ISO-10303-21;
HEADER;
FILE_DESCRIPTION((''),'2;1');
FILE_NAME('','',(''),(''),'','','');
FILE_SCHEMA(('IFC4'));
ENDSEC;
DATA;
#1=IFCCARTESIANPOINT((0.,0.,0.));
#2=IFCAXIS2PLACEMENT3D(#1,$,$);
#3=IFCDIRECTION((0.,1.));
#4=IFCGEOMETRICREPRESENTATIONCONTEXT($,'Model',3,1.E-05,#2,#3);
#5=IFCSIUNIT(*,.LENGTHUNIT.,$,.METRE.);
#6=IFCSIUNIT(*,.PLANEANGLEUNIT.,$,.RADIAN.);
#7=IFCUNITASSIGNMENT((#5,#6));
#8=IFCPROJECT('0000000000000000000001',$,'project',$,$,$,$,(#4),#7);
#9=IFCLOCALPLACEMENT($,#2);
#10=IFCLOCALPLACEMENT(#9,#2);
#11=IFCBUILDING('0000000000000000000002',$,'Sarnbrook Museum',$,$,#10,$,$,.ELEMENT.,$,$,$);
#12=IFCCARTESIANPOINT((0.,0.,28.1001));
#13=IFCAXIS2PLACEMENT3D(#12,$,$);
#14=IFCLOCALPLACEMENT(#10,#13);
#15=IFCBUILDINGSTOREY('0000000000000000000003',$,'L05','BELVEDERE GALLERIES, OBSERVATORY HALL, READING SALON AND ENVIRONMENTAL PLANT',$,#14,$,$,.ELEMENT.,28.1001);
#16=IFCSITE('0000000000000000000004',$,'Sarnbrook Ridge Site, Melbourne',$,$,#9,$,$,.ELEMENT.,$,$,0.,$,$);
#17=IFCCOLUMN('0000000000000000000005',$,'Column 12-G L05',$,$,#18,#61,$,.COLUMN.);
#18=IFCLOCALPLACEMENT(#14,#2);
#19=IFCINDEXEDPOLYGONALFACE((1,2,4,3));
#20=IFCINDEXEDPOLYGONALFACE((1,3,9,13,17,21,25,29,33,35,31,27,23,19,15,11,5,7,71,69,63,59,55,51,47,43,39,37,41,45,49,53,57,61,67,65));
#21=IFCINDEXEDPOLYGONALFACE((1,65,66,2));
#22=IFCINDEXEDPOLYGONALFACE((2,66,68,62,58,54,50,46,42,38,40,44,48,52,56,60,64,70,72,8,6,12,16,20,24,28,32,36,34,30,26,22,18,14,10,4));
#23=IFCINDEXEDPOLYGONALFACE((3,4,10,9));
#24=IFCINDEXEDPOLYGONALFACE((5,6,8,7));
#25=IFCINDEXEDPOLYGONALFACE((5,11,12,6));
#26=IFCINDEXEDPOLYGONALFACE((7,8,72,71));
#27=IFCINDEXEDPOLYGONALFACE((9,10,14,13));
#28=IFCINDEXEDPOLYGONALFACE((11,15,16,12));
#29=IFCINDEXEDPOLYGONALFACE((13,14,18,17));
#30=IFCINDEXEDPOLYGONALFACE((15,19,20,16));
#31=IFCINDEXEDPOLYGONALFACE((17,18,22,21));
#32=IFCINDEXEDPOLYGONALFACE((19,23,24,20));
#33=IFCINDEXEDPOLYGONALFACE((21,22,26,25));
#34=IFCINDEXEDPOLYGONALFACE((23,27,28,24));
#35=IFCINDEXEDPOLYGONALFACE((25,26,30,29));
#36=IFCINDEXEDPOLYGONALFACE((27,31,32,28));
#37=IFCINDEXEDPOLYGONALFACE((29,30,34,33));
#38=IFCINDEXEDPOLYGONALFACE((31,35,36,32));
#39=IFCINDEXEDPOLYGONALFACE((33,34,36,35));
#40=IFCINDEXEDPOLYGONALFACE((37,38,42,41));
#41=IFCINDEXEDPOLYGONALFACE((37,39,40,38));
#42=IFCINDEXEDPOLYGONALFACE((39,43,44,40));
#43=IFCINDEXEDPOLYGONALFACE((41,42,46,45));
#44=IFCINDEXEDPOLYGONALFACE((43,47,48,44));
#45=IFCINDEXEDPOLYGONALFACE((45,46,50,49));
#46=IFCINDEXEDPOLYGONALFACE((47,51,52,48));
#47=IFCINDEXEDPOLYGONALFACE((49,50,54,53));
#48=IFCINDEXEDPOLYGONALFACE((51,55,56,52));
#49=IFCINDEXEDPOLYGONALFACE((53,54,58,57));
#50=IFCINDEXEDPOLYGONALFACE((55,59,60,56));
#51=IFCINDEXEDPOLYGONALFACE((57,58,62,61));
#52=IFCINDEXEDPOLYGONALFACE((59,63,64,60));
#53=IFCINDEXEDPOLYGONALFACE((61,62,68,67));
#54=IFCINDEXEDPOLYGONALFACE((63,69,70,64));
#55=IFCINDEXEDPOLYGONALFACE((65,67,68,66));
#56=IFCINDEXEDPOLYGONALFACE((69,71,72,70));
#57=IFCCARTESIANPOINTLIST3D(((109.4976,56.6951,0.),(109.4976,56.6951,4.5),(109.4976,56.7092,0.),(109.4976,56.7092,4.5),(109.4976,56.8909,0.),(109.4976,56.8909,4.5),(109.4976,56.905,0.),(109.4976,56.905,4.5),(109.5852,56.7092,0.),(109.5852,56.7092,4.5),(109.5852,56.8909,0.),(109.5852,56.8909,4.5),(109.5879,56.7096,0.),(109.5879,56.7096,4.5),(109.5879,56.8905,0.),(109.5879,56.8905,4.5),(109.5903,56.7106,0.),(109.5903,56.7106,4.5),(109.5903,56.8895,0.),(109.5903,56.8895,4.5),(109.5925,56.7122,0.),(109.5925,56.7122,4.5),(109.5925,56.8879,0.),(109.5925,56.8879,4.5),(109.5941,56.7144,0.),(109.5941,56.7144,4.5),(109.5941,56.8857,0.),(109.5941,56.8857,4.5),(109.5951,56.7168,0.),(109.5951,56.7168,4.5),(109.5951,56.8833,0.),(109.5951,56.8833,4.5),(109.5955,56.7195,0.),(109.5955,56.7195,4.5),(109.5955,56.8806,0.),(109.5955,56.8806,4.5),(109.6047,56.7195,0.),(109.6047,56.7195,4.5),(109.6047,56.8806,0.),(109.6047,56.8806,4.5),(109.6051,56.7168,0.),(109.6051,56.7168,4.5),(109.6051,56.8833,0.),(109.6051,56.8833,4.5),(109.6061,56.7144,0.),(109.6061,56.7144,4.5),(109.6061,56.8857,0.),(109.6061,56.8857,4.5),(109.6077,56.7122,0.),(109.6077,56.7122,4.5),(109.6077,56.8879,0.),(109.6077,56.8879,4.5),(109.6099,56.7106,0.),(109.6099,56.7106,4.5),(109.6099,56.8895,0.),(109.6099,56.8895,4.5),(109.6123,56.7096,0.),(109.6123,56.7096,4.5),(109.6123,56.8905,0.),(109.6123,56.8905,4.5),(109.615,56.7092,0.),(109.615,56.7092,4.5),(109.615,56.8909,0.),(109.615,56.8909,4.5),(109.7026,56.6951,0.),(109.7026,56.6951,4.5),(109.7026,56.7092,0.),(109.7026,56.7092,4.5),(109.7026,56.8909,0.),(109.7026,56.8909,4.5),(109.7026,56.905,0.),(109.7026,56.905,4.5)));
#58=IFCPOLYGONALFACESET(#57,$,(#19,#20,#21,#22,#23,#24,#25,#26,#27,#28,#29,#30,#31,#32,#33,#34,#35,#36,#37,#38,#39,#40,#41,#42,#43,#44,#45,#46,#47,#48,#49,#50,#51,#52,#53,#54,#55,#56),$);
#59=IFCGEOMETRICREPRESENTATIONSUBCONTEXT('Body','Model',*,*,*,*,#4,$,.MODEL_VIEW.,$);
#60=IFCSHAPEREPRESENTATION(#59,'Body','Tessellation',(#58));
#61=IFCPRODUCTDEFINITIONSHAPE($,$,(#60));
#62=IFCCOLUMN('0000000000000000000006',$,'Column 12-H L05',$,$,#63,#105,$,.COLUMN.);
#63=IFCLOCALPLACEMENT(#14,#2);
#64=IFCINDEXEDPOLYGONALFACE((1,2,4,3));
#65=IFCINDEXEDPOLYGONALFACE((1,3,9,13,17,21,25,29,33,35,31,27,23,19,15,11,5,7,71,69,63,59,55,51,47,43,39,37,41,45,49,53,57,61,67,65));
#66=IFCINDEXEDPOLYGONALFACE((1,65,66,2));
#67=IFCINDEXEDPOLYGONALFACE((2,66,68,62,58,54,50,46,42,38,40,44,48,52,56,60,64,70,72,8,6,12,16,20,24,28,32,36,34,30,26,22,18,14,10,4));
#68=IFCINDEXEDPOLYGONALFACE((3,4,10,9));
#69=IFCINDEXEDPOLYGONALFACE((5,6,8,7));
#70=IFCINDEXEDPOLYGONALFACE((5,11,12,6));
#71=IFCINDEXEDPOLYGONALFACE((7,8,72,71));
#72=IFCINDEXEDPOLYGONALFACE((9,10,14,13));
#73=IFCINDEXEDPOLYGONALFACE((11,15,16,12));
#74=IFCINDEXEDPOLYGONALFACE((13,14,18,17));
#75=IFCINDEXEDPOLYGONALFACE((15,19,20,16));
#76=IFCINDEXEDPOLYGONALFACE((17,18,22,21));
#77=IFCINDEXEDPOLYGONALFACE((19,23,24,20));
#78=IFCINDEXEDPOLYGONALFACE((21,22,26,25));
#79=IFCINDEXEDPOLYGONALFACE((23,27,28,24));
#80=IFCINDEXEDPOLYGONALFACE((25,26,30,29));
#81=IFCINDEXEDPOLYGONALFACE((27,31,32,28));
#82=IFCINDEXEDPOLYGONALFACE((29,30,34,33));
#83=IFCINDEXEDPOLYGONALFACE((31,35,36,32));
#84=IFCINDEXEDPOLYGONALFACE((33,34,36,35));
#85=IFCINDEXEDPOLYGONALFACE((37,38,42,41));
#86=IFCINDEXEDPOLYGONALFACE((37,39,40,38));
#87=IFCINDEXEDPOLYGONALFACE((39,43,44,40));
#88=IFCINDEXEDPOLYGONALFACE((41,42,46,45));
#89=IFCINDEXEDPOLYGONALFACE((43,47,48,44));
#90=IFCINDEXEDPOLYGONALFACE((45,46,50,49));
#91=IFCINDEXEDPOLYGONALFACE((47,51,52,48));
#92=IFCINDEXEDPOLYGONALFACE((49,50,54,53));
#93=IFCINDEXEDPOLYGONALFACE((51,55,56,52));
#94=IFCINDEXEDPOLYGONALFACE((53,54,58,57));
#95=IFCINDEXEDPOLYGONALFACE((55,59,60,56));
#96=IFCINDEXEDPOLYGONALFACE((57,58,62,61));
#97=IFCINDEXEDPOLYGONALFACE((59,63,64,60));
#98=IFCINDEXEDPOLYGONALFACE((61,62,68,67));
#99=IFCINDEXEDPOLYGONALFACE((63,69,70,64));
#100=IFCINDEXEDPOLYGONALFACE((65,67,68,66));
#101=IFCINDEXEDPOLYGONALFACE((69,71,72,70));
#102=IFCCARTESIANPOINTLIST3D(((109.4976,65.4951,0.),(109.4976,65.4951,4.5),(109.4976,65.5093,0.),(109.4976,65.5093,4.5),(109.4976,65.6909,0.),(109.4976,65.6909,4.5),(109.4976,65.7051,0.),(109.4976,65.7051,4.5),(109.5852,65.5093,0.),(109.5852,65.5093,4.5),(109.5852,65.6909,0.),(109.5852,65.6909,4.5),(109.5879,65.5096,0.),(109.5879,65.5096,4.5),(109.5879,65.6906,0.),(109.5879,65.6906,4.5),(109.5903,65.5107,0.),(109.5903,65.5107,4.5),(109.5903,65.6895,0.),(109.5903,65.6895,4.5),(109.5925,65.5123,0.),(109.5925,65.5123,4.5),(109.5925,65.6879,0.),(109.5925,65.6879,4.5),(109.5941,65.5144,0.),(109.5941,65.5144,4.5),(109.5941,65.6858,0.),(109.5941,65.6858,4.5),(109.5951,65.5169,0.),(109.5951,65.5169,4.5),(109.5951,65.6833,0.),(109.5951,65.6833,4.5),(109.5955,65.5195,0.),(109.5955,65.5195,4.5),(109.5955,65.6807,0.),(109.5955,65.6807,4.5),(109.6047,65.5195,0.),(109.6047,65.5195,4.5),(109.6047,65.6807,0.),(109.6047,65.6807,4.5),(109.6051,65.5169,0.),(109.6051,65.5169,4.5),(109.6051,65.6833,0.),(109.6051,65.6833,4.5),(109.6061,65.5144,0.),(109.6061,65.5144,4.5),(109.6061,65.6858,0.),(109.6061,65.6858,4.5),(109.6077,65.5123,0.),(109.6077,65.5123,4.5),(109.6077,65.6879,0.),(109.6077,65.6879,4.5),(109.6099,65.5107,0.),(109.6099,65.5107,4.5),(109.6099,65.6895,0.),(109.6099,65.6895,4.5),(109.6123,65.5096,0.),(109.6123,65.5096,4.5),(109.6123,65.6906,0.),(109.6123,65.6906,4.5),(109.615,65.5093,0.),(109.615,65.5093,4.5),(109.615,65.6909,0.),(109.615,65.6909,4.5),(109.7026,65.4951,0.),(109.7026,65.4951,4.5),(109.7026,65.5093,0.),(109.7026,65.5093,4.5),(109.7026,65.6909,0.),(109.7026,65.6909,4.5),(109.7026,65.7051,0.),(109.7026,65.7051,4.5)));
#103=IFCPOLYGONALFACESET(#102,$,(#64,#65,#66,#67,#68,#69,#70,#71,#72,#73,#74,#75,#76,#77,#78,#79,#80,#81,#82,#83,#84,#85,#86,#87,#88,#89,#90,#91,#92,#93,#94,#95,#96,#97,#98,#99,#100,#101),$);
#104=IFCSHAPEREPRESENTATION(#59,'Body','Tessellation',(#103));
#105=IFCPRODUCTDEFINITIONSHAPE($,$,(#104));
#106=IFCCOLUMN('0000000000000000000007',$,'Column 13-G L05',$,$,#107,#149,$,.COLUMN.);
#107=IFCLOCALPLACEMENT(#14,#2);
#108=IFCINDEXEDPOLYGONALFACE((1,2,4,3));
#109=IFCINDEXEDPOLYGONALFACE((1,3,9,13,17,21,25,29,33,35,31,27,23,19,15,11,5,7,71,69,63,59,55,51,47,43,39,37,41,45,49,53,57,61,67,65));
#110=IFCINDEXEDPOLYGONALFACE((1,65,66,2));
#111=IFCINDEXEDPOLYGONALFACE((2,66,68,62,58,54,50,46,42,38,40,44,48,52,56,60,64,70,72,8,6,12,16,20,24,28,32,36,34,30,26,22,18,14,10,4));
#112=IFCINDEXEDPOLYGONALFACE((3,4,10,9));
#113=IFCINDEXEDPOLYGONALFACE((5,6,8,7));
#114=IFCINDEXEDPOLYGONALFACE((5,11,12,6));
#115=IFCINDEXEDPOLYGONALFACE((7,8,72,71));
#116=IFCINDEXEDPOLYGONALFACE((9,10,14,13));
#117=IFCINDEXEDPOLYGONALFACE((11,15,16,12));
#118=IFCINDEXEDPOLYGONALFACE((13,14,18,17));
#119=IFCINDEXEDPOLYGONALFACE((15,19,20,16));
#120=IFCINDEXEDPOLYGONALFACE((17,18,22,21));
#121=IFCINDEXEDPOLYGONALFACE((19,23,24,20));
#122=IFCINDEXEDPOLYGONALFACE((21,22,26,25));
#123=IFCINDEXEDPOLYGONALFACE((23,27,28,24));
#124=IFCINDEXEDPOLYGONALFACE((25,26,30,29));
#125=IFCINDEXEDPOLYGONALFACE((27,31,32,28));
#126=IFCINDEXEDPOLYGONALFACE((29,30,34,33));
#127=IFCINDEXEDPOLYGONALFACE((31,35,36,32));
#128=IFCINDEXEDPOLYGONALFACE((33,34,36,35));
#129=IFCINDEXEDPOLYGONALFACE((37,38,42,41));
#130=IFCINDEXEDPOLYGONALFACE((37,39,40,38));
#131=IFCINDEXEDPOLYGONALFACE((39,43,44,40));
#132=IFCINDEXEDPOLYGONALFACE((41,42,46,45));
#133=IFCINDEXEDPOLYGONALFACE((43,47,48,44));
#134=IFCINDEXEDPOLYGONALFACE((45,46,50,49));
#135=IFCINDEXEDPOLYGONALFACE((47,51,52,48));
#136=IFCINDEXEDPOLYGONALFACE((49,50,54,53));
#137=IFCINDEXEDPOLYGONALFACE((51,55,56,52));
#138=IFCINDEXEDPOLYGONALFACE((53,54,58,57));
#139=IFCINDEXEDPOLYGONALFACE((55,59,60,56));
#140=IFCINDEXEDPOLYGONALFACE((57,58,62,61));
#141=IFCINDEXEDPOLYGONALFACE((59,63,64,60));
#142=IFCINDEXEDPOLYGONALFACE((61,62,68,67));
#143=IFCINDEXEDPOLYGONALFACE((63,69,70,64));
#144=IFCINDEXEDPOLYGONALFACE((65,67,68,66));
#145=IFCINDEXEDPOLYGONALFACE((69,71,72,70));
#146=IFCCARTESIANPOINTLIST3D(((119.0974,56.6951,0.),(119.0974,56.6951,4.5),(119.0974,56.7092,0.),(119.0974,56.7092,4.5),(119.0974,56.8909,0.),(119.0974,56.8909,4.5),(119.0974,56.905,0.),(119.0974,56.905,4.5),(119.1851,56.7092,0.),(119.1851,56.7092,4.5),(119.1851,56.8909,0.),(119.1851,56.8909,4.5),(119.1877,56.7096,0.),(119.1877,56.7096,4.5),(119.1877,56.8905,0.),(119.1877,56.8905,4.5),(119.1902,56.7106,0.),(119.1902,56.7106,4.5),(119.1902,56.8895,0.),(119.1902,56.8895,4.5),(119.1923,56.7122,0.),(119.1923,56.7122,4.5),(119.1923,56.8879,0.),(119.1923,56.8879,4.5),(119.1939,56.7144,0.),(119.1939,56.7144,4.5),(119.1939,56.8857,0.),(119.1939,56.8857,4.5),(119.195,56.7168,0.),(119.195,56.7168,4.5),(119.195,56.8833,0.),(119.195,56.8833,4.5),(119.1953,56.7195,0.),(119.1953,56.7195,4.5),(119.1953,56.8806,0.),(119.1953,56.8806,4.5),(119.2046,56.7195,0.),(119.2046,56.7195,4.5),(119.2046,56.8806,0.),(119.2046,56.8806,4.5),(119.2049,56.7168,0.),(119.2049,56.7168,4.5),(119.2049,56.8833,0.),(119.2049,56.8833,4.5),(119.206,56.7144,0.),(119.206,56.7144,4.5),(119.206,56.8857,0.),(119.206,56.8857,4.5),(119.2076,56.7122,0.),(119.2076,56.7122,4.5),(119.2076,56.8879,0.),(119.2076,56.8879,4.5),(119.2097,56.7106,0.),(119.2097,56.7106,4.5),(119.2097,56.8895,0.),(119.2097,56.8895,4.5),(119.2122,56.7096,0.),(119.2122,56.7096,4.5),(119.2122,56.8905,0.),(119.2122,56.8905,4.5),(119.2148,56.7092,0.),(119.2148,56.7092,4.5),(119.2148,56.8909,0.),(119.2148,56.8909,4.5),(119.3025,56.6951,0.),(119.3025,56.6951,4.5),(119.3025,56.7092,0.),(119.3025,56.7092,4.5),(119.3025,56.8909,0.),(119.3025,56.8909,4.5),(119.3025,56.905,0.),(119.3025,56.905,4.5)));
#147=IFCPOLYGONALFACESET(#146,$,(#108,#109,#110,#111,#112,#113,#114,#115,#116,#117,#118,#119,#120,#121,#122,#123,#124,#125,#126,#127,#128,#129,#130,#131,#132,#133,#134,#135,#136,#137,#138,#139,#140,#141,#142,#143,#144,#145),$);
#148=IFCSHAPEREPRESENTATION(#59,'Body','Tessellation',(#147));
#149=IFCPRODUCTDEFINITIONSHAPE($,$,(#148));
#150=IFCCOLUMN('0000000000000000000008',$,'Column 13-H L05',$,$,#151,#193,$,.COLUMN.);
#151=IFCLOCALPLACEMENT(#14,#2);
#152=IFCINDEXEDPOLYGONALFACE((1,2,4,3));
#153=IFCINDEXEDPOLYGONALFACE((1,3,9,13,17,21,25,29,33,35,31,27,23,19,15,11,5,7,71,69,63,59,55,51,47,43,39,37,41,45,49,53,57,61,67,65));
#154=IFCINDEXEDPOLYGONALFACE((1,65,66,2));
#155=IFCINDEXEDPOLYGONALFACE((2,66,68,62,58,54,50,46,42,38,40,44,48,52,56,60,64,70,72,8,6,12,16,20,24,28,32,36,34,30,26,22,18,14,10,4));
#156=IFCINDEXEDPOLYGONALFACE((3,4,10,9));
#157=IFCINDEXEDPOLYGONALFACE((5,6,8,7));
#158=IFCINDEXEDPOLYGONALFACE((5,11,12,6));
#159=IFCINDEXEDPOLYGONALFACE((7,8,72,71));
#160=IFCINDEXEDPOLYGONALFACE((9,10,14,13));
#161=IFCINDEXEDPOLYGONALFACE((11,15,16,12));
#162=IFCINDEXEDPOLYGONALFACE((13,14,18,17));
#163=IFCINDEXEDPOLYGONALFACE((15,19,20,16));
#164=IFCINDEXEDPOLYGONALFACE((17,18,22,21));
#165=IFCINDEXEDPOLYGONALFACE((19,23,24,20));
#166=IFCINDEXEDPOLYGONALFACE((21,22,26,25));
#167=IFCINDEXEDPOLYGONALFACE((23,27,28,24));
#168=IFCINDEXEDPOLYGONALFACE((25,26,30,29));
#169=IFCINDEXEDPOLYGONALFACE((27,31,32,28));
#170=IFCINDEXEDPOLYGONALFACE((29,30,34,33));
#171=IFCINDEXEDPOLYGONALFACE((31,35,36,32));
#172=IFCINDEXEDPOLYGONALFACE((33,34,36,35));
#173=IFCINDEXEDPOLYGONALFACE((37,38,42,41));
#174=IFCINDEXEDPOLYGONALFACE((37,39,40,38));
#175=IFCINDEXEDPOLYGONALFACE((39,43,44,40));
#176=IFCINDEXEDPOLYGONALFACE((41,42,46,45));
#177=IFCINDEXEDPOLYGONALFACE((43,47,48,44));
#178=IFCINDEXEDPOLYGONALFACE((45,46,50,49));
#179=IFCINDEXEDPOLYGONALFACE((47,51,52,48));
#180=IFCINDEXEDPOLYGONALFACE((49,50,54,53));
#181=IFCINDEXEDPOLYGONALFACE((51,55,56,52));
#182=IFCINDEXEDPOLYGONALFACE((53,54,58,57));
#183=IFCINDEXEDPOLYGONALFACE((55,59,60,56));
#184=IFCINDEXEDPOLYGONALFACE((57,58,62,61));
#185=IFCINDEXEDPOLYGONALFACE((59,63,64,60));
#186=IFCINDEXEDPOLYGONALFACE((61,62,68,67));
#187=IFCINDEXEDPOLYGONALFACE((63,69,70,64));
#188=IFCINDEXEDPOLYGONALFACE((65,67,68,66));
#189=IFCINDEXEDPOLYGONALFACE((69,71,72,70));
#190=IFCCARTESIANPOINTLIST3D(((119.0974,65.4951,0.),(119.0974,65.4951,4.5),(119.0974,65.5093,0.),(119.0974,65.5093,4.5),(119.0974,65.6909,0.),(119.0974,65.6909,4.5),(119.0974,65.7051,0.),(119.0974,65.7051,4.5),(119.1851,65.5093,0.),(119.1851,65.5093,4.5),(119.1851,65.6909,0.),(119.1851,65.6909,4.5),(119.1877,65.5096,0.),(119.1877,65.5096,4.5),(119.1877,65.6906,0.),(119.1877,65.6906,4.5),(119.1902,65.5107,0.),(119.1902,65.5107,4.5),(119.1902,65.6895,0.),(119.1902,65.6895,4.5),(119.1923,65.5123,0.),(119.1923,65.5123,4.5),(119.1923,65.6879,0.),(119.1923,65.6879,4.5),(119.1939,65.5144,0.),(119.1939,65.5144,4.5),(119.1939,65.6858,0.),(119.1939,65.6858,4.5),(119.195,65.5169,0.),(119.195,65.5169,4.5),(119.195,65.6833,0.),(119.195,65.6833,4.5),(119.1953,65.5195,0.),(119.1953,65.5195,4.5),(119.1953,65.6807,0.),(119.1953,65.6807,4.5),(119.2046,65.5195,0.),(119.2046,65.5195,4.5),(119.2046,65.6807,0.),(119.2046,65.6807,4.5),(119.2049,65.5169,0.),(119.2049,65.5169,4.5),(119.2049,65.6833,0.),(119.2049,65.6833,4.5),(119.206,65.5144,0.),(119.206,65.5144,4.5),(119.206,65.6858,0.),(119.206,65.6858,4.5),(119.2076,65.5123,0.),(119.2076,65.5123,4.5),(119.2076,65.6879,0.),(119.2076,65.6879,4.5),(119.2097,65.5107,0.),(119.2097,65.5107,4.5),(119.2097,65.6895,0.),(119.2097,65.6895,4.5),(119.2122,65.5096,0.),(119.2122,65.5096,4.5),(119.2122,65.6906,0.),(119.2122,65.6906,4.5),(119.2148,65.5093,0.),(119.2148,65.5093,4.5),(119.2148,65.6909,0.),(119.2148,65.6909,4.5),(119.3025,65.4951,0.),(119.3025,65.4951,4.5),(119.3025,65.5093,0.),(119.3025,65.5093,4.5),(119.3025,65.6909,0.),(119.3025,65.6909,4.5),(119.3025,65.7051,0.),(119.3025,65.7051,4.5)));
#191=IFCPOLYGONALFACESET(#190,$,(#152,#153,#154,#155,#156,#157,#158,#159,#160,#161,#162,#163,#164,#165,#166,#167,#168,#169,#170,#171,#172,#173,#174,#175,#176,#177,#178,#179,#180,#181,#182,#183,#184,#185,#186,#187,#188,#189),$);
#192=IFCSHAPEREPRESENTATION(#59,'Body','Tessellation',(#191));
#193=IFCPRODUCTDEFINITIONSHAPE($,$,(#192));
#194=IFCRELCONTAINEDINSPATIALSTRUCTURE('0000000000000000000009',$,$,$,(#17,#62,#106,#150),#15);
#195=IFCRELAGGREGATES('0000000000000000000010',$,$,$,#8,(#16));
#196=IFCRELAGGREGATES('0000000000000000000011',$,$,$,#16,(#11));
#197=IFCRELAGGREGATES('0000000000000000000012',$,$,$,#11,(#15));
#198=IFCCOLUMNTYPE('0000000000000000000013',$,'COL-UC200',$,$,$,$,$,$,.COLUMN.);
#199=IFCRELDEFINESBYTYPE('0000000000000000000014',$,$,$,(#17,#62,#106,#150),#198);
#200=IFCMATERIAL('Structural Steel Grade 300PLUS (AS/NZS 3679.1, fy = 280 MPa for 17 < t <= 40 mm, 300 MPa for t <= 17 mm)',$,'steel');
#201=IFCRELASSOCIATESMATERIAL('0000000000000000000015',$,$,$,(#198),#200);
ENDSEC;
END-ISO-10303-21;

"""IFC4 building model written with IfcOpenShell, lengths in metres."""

from ifc_helpers import new_model, si_unit, direction, frame, origin, origin_2d, place, context, subcontext, project, spatial, i_section, extrude, material, material_profile, profile_set, type_object, element, save


model = new_model("IFC4")

# Units and contexts
model_context = context("Model", 3, precision=1e-05, world=origin(), true_north=direction((0.0, 1.0)))
body_context = subcontext(model_context, "Body", "Model", "MODEL_VIEW")
ifc_project = project(units=[si_unit("LENGTHUNIT", "METRE"), si_unit("PLANEANGLEUNIT", "RADIAN")], contexts=[model_context])

# Site, building, storey
site_placement = place(None, origin())
site = spatial("IfcSite", under=ifc_project, at=site_placement, Name="Sarnbrook Ridge Site, Melbourne", CompositionType="ELEMENT", RefElevation=0.0)
building_placement = place(site_placement, origin())
building = spatial("IfcBuilding", under=site, at=building_placement, Name="Sarnbrook Museum", CompositionType="ELEMENT")
storey_placement = place(building_placement, frame((0.0, 0.0, 28.1001)))
storey = spatial("IfcBuildingStorey", under=building, at=storey_placement, Name="L05", Description="BELVEDERE GALLERIES, OBSERVATORY HALL, READING SALON AND ENVIRONMENTAL PLANT", CompositionType="ELEMENT", Elevation=28.1001)

# Columns
ifc_material_1 = material(Name="Structural Steel Grade 300PLUS (AS/NZS 3679.1, fy = 280 MPa for 17 < t <= 40 mm, 300 MPa for t <= 17 mm)", Category="steel")
ifc_material_profile_1 = material_profile(ifc_material_1, i_section(OverallWidth=0.2051, OverallDepth=0.21, WebThickness=0.0093, FlangeThickness=0.0142, FilletRadius=0.0103, at=origin_2d()), Name="200UC59.5")
ifc_profile_set_1 = profile_set([ifc_material_profile_1], Name="Structural Steel Grade 300PLUS (AS/NZS 3679.1, fy = 280 MPa for 17 < t <= 40 mm, 300 MPa for t <= 17 mm)")
column_type = type_object("IfcColumnType", Name="COL-UC200", PredefinedType="COLUMN", material=ifc_profile_set_1)
for number, where, z_axis, x_axis, name in (
    (1, (109.6001, 56.8, 0.0), (0.0, 0.0, 1.0), (1.0, 0.0, 0.0), "Column 12-G L05"),
    (2, (109.6001, 65.6001, 0.0), (0.0, 0.0, 1.0), (1.0, 0.0, 0.0), "Column 12-H L05"),
    (3, (119.2, 56.8, 0.0), (0.0, 0.0, 1.0), (1.0, 0.0, 0.0), "Column 13-G L05"),
    (4, (119.2, 65.6001, 0.0), (0.0, 0.0, 1.0), (1.0, 0.0, 0.0), "Column 13-H L05"),
):
    element("IfcColumn", number, at=place(storey_placement, frame(where, z_axis=z_axis, x_axis=x_axis)), inside=storey, type_object=column_type, Name=name, PredefinedType="COLUMN", context=body_context, shape_type="SweptSolid", body=[
        extrude(i_section(OverallWidth=0.2051, OverallDepth=0.21, WebThickness=0.0093, FlangeThickness=0.0142, FilletRadius=0.0103, at=origin_2d()), origin(), (0.0, 0.0, 1.0), 4.5),
    ])

save(model, "model.ifc")
